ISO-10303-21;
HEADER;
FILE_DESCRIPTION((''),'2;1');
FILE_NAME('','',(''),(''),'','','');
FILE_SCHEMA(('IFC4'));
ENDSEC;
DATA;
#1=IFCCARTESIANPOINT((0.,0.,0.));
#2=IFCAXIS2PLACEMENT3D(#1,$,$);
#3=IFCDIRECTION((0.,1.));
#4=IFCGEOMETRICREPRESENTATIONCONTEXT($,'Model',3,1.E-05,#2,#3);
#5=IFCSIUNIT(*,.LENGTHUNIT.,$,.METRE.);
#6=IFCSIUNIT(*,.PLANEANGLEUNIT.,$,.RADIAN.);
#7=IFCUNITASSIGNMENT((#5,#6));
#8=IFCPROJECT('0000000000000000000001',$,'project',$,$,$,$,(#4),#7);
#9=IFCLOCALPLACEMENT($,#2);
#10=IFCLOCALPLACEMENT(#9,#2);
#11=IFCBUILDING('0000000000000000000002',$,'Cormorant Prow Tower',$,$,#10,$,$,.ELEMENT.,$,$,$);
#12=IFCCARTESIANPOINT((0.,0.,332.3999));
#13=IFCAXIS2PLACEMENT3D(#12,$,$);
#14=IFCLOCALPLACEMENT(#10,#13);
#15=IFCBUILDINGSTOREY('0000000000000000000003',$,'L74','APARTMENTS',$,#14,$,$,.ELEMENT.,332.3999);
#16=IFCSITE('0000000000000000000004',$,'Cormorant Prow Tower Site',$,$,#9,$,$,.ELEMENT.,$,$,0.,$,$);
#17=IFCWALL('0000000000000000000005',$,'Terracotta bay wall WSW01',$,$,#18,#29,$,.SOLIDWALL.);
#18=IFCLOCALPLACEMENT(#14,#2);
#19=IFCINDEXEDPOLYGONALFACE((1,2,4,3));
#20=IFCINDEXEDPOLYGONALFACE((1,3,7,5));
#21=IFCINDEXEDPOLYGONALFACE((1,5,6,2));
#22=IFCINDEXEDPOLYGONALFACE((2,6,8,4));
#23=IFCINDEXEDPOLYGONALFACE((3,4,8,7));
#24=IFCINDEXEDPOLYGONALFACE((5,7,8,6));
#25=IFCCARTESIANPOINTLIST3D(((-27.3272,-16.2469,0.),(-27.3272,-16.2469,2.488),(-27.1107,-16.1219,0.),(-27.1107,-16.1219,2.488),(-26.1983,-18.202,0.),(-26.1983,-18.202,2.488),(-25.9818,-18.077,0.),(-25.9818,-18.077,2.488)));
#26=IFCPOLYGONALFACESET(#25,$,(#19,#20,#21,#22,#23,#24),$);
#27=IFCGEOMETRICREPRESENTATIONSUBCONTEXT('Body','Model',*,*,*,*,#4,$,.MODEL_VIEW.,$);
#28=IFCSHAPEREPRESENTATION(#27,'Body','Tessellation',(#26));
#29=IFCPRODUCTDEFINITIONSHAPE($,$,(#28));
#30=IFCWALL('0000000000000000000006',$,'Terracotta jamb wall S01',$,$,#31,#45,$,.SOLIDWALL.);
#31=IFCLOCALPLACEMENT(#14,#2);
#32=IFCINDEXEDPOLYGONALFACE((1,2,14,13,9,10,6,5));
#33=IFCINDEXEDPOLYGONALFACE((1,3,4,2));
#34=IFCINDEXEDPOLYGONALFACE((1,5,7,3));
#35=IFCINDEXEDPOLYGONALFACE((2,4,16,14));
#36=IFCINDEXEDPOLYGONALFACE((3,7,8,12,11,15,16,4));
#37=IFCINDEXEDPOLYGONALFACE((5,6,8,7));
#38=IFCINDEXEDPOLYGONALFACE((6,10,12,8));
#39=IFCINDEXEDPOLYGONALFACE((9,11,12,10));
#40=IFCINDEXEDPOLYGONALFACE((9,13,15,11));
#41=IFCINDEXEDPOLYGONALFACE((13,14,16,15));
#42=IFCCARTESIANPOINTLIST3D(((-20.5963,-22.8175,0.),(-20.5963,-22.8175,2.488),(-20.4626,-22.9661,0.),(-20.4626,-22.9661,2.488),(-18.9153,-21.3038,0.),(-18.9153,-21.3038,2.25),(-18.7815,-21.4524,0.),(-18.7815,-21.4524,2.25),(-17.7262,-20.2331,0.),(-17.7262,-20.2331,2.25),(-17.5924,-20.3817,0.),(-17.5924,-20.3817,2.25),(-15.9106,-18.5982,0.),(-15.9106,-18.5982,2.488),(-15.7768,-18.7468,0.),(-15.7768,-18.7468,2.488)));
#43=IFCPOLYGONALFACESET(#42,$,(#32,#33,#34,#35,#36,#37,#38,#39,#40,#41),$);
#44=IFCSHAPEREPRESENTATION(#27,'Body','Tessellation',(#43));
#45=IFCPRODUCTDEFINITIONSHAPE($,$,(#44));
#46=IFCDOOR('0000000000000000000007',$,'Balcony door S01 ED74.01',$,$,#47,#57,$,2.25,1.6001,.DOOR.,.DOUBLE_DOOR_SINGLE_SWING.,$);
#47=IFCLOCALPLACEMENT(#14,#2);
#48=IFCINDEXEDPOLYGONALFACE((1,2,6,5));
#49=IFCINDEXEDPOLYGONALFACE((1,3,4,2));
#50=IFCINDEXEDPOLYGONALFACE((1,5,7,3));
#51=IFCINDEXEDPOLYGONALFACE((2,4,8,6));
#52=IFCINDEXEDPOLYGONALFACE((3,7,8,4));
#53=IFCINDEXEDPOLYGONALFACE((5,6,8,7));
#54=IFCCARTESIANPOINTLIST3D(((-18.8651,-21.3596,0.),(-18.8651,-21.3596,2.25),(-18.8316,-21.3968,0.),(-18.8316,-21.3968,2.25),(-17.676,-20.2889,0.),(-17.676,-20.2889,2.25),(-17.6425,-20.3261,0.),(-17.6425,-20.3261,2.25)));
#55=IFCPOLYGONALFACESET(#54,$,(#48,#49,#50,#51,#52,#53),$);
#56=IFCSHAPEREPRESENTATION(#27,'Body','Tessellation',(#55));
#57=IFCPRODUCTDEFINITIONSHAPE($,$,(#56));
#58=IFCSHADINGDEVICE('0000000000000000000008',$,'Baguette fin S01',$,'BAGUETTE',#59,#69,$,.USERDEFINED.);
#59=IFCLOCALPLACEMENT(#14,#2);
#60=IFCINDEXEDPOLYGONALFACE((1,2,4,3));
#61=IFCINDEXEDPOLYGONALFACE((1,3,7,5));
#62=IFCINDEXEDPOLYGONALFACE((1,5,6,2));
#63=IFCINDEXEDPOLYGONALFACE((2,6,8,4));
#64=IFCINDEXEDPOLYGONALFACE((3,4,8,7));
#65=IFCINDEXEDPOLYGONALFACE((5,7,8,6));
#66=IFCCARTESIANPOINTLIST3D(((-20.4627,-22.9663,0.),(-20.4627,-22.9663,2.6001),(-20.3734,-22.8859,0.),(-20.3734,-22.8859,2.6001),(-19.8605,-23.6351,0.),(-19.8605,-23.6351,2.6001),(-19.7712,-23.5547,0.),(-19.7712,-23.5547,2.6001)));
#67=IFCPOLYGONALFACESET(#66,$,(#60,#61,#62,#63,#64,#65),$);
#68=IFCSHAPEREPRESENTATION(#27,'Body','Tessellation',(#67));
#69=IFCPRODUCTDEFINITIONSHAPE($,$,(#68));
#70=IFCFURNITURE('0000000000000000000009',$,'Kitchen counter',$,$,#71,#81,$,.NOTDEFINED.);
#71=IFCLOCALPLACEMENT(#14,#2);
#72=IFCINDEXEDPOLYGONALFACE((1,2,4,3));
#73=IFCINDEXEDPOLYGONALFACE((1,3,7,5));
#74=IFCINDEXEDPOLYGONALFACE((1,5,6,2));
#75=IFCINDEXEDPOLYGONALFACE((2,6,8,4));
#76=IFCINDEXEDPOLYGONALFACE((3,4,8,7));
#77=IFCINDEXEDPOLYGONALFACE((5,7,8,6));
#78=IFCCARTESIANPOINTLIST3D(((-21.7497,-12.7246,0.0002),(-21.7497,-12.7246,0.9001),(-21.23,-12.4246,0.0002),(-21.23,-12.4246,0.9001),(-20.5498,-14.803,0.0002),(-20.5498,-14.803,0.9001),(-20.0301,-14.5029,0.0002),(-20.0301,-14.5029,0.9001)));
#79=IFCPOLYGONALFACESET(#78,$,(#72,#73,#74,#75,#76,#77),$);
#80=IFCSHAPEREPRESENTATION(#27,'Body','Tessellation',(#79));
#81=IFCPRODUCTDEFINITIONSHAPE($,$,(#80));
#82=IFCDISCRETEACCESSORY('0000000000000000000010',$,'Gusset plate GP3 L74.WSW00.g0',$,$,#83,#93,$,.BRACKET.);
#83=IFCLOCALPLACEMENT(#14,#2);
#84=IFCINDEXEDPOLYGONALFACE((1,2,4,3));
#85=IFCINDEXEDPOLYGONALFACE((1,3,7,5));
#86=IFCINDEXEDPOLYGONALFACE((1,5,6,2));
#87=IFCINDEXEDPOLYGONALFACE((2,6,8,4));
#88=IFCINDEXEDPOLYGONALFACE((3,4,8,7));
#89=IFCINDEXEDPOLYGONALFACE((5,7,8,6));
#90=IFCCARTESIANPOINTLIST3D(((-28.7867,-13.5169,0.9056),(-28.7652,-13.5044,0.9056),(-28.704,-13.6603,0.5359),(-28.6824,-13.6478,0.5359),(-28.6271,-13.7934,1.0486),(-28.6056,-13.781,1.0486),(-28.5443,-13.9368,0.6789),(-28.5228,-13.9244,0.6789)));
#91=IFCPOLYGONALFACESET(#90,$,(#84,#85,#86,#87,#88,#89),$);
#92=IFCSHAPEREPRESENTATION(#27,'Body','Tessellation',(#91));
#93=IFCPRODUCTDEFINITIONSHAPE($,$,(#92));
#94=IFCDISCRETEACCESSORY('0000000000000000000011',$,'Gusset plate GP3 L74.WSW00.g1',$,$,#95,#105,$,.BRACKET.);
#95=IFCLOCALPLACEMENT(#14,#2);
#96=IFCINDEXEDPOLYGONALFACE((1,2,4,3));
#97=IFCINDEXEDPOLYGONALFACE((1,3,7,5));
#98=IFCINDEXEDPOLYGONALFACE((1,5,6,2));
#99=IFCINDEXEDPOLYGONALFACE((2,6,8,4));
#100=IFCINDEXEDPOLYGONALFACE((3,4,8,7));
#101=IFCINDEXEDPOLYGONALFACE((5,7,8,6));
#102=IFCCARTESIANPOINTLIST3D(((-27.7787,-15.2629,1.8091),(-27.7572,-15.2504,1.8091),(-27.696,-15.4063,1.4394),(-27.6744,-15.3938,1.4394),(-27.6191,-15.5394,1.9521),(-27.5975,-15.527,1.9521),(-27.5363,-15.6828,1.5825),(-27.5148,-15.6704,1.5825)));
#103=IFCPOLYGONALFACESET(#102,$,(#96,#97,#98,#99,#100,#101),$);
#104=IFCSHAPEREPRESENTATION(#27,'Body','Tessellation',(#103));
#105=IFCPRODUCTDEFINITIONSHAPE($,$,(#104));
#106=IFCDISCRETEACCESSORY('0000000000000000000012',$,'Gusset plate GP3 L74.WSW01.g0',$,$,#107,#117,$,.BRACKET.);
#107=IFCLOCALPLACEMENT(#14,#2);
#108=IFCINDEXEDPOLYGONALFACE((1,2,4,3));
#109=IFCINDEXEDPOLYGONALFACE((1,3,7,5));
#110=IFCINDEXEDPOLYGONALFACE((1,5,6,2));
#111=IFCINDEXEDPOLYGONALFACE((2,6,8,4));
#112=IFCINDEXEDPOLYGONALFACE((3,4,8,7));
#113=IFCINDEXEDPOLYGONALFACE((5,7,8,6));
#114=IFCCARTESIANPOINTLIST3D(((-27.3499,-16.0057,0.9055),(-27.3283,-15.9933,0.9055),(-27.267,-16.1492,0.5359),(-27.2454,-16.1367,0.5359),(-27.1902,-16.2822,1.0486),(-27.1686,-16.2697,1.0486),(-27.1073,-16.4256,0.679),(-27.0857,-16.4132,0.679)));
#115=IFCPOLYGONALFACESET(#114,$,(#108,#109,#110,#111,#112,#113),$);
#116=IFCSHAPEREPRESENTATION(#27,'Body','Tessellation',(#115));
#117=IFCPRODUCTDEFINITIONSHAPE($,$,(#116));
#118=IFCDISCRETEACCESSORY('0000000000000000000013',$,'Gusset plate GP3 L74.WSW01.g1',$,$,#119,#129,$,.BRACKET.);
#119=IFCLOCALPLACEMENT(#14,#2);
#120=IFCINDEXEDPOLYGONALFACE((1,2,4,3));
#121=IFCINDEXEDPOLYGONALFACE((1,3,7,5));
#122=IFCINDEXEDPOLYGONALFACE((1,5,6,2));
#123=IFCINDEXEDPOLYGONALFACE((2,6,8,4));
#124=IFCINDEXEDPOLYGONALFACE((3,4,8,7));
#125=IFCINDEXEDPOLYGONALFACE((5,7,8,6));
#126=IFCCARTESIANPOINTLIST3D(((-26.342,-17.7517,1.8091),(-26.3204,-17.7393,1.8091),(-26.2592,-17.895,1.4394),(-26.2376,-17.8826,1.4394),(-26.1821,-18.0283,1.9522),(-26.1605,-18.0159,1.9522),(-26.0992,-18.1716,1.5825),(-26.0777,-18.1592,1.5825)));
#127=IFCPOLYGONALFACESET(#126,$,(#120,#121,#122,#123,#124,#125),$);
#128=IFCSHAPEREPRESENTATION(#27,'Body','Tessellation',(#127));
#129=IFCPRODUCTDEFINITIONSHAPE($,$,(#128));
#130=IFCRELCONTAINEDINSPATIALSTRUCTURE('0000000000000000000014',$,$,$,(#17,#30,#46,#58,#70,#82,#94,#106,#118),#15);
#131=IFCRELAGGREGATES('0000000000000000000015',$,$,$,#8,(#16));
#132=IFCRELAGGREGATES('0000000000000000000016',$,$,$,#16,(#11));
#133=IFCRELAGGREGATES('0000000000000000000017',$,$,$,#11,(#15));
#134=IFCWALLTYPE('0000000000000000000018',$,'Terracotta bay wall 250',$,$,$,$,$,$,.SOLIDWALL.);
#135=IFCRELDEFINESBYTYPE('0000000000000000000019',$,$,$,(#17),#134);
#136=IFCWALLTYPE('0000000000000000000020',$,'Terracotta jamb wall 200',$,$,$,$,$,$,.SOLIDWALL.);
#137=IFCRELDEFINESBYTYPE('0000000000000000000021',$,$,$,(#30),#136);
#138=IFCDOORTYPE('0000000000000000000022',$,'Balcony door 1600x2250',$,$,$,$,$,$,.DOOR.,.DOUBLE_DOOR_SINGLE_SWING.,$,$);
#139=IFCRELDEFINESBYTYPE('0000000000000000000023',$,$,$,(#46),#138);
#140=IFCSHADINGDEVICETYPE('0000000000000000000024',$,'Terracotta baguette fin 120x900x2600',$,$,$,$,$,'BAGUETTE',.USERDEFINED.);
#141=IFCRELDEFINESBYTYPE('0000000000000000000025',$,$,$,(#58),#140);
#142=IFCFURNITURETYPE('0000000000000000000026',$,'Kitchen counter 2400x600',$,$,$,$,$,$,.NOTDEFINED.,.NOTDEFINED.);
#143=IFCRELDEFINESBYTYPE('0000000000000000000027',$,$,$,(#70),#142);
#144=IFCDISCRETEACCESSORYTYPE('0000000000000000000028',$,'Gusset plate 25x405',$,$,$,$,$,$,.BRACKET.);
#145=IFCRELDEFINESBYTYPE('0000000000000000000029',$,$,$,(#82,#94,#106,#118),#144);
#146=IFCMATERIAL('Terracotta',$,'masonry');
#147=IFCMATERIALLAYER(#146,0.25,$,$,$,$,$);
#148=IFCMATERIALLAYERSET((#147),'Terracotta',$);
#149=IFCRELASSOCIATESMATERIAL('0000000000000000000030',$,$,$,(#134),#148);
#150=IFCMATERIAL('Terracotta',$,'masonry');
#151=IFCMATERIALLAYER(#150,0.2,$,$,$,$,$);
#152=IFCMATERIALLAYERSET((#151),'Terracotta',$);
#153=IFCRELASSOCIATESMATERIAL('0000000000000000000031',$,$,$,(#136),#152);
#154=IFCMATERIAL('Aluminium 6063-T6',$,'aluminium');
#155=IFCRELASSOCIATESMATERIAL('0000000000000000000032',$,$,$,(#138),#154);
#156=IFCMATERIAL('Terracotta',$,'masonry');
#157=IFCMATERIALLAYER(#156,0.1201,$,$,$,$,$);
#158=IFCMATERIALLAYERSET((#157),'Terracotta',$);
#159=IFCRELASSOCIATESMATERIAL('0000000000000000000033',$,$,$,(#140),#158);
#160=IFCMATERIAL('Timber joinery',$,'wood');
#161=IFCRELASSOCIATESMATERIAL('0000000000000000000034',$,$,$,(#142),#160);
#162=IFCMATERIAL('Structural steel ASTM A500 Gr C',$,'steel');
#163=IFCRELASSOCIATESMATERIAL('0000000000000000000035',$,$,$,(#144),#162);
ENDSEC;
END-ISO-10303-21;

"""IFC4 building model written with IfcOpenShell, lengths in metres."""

from ifc_helpers import new_model, si_unit, direction, frame, frame_2d, origin, origin_2d, place, context, subcontext, project, spatial, rectangle, extrude, material, layer, layer_set, material_profile, profile_set, type_object, element, fill, save


model = new_model("IFC4")

# Units and contexts
model_context = context("Model", 3, precision=1e-05, world=origin(), true_north=direction((0.0, 1.0)))
body_context = subcontext(model_context, "Body", "Model", "MODEL_VIEW")
ifc_project = project(units=[si_unit("LENGTHUNIT", "METRE"), si_unit("PLANEANGLEUNIT", "RADIAN")], contexts=[model_context])

# Site, building, storey
site_placement = place(None, origin())
site = spatial("IfcSite", under=ifc_project, at=site_placement, Name="Cormorant Prow Tower Site", CompositionType="ELEMENT", RefElevation=0.0)
building_placement = place(site_placement, origin())
building = spatial("IfcBuilding", under=site, at=building_placement, Name="Cormorant Prow Tower", CompositionType="ELEMENT")
storey_placement = place(building_placement, frame((0.0, 0.0, 332.3999)))
storey = spatial("IfcBuildingStorey", under=building, at=storey_placement, Name="L74", Description="APARTMENTS", CompositionType="ELEMENT", Elevation=332.3999)

# Shared definitions
ifc_material_1 = material(Name="Terracotta", Category="masonry")
ifc_layer_1 = layer(ifc_material_1, 0.25)
ifc_layer_set_1 = layer_set([ifc_layer_1], Name="Terracotta")
wall_type_1 = type_object("IfcWallType", Name="Terracotta bay wall 250", PredefinedType="SOLIDWALL", material=ifc_layer_set_1)

# Wall
wall_1_placement = place(storey_placement, frame((-27.219, -16.1843, 0.0), z_axis=(0.0, 0.0, 1.0), x_axis=(0.500047, -0.865998, 0.0)))
element("IfcWall", 1, at=wall_1_placement, inside=storey, type_object=wall_type_1, Name="Terracotta bay wall WSW01", PredefinedType="SOLIDWALL", context=body_context, shape_type="SweptSolid", body=[
    extrude(rectangle(XDim=2.2576, YDim=0.25, at=frame_2d((1.1289, 0.0))), origin(), (0.0, 0.0, 1.0), 2.488),
])

# Wall, opening, door
ifc_material_2 = material(Name="Terracotta", Category="masonry")
ifc_layer_2 = layer(ifc_material_2, 0.2)
ifc_layer_set_2 = layer_set([ifc_layer_2], Name="Terracotta")
wall_type_2 = type_object("IfcWallType", Name="Terracotta jamb wall 200", PredefinedType="SOLIDWALL", material=ifc_layer_set_2)
wall_2_placement = place(storey_placement, frame((-20.5295, -22.8918, 0.0), z_axis=(0.0, 0.0, 1.0), x_axis=(0.743134, 0.669142, 0.0)))
wall_2 = element("IfcWall", 2, at=wall_2_placement, inside=storey, type_object=wall_type_2, Name="Terracotta jamb wall S01", PredefinedType="SOLIDWALL", context=body_context, shape_type="SweptSolid", body=[
    extrude(rectangle(XDim=6.3054, YDim=0.2, at=frame_2d((3.1528, 0.0))), origin(), (0.0, 0.0, 1.0), 2.488),
])
opening_1_placement = place(wall_2_placement, frame((2.2622, 0.0, 0.0)))
opening_1 = element("IfcOpeningElement", 3, at=opening_1_placement, cuts=wall_2, PredefinedType="OPENING", context=body_context, shape_type="SweptSolid", body=[
    extrude(rectangle(XDim=1.6001, YDim=2.25, at=frame_2d((0.8, 1.125))), frame((0.0, 0.1099, 0.0), z_axis=(0.0, -1.0, 0.0), x_axis=(1.0, 0.0, 0.0)), (0.0, 0.0, 1.0), 0.22),
])
ifc_material_3 = material(Name="Aluminium 6063-T6", Category="aluminium")
door_type_1 = type_object("IfcDoorType", Name="Balcony door 1600x2250", OperationType="DOUBLE_DOOR_SINGLE_SWING", PredefinedType="DOOR", material=ifc_material_3)
door_1_placement = place(opening_1_placement, origin())
door_1 = element("IfcDoor", 4, at=door_1_placement, inside=storey, type_object=door_type_1, Name="Balcony door S01 ED74.01", OperationType="DOUBLE_DOOR_SINGLE_SWING", OverallHeight=2.25, OverallWidth=1.6001, PredefinedType="DOOR", context=body_context, shape_type="SweptSolid", body=[
    extrude(rectangle(XDim=1.6001, YDim=2.25, at=frame_2d((0.8, 1.125))), frame((0.0, 0.0249, 0.0), z_axis=(0.0, -1.0, 0.0), x_axis=(1.0, 0.0, 0.0)), (0.0, 0.0, 1.0), 0.05),
])
fill(opening_1, door_1)

# Shading device
ifc_material_4 = material(Name="Terracotta", Category="masonry")
ifc_layer_3 = layer(ifc_material_4, 0.1201)
ifc_layer_set_3 = layer_set([ifc_layer_3], Name="Terracotta")
shading_device_type = type_object("IfcShadingDeviceType", Name="Terracotta baguette fin 120x900x2600", ElementType="BAGUETTE", PredefinedType="USERDEFINED", material=ifc_layer_set_3)
shading_device_placement = place(storey_placement, frame((-20.1169, -23.2605, 0.0), z_axis=(0.0, 0.0, 1.0), x_axis=(0.743145, 0.669131, 0.0)))
element("IfcShadingDevice", 5, at=shading_device_placement, inside=storey, type_object=shading_device_type, Name="Baguette fin S01", ObjectType="BAGUETTE", PredefinedType="USERDEFINED", context=body_context, shape_type="SweptSolid", body=[
    extrude(rectangle(XDim=0.1201, YDim=0.8999, at=origin_2d()), origin(), (0.0, 0.0, 1.0), 2.6001),
])

# Furniture
ifc_material_5 = material(Name="Timber joinery", Category="wood")
furniture_type = type_object("IfcFurnitureType", Name="Kitchen counter 2400x600", AssemblyPlace="NOTDEFINED", PredefinedType="NOTDEFINED", material=ifc_material_5)
furniture_placement = place(storey_placement, frame((-20.8899, -13.6138, 0.0002), z_axis=(0.0, 0.0, 1.0), x_axis=(0.5, -0.866025, 0.0)))
element("IfcFurniture", 6, at=furniture_placement, inside=storey, type_object=furniture_type, Name="Kitchen counter", PredefinedType="NOTDEFINED", context=body_context, shape_type="SweptSolid", body=[
    extrude(rectangle(XDim=2.3999, YDim=0.6001, at=origin_2d()), origin(), (0.0, 0.0, 1.0), 0.8999),
])

# Discrete accessories
ifc_material_6 = material(Name="Structural steel ASTM A500 Gr C", Category="steel")
ifc_material_profile_1 = material_profile(ifc_material_6, rectangle(XDim=0.0249, YDim=0.405, at=origin_2d()), Name="Gusset plate 25x405")
ifc_profile_set_1 = profile_set([ifc_material_profile_1], Name="Structural steel ASTM A500 Gr C")
discrete_accessory_type = type_object("IfcDiscreteAccessoryType", Name="Gusset plate 25x405", PredefinedType="BRACKET", material=ifc_profile_set_1)
for number, where, z_axis, x_axis, name in (
    (7, (-28.575, -13.8589, 0.8638), (-0.456239, 0.790397, -0.408802), (-0.866071, -0.499921, 0.0), "Gusset plate GP3 L74.WSW00.g0"),
    (8, (-27.7266, -15.3284, 1.6243), (0.456239, -0.790397, 0.408802), (0.866071, 0.499921, 0.0), "Gusset plate GP3 L74.WSW00.g1"),
    (9, (-27.1379, -16.3477, 0.8638), (-0.456491, 0.790135, -0.409027), (-0.86588, -0.500252, 0.0), "Gusset plate GP3 L74.WSW01.g0"),
):
    element("IfcDiscreteAccessory", number, at=place(storey_placement, frame(where, z_axis=z_axis, x_axis=x_axis)), inside=storey, type_object=discrete_accessory_type, Name=name, PredefinedType="BRACKET", context=body_context, shape_type="SweptSolid", body=[
        extrude(rectangle(XDim=0.0249, YDim=0.405, at=origin_2d()), origin(), (0.0, 0.0, 1.0), 0.3499),
    ])
discrete_accessory_placement = place(storey_placement, frame((-26.2898, -17.8171, 1.6243), z_axis=(0.456792, -0.790145, 0.408672), x_axis=(0.86574, 0.500494, 0.0)))
element("IfcDiscreteAccessory", 10, at=discrete_accessory_placement, inside=storey, type_object=discrete_accessory_type, Name="Gusset plate GP3 L74.WSW01.g1", PredefinedType="BRACKET", context=body_context, shape_type="SweptSolid", body=[
    extrude(rectangle(XDim=0.0249, YDim=0.405, at=origin_2d()), origin(), (0.0, 0.0, 1.0), 0.3501),
])

save(model, "model.ifc")
